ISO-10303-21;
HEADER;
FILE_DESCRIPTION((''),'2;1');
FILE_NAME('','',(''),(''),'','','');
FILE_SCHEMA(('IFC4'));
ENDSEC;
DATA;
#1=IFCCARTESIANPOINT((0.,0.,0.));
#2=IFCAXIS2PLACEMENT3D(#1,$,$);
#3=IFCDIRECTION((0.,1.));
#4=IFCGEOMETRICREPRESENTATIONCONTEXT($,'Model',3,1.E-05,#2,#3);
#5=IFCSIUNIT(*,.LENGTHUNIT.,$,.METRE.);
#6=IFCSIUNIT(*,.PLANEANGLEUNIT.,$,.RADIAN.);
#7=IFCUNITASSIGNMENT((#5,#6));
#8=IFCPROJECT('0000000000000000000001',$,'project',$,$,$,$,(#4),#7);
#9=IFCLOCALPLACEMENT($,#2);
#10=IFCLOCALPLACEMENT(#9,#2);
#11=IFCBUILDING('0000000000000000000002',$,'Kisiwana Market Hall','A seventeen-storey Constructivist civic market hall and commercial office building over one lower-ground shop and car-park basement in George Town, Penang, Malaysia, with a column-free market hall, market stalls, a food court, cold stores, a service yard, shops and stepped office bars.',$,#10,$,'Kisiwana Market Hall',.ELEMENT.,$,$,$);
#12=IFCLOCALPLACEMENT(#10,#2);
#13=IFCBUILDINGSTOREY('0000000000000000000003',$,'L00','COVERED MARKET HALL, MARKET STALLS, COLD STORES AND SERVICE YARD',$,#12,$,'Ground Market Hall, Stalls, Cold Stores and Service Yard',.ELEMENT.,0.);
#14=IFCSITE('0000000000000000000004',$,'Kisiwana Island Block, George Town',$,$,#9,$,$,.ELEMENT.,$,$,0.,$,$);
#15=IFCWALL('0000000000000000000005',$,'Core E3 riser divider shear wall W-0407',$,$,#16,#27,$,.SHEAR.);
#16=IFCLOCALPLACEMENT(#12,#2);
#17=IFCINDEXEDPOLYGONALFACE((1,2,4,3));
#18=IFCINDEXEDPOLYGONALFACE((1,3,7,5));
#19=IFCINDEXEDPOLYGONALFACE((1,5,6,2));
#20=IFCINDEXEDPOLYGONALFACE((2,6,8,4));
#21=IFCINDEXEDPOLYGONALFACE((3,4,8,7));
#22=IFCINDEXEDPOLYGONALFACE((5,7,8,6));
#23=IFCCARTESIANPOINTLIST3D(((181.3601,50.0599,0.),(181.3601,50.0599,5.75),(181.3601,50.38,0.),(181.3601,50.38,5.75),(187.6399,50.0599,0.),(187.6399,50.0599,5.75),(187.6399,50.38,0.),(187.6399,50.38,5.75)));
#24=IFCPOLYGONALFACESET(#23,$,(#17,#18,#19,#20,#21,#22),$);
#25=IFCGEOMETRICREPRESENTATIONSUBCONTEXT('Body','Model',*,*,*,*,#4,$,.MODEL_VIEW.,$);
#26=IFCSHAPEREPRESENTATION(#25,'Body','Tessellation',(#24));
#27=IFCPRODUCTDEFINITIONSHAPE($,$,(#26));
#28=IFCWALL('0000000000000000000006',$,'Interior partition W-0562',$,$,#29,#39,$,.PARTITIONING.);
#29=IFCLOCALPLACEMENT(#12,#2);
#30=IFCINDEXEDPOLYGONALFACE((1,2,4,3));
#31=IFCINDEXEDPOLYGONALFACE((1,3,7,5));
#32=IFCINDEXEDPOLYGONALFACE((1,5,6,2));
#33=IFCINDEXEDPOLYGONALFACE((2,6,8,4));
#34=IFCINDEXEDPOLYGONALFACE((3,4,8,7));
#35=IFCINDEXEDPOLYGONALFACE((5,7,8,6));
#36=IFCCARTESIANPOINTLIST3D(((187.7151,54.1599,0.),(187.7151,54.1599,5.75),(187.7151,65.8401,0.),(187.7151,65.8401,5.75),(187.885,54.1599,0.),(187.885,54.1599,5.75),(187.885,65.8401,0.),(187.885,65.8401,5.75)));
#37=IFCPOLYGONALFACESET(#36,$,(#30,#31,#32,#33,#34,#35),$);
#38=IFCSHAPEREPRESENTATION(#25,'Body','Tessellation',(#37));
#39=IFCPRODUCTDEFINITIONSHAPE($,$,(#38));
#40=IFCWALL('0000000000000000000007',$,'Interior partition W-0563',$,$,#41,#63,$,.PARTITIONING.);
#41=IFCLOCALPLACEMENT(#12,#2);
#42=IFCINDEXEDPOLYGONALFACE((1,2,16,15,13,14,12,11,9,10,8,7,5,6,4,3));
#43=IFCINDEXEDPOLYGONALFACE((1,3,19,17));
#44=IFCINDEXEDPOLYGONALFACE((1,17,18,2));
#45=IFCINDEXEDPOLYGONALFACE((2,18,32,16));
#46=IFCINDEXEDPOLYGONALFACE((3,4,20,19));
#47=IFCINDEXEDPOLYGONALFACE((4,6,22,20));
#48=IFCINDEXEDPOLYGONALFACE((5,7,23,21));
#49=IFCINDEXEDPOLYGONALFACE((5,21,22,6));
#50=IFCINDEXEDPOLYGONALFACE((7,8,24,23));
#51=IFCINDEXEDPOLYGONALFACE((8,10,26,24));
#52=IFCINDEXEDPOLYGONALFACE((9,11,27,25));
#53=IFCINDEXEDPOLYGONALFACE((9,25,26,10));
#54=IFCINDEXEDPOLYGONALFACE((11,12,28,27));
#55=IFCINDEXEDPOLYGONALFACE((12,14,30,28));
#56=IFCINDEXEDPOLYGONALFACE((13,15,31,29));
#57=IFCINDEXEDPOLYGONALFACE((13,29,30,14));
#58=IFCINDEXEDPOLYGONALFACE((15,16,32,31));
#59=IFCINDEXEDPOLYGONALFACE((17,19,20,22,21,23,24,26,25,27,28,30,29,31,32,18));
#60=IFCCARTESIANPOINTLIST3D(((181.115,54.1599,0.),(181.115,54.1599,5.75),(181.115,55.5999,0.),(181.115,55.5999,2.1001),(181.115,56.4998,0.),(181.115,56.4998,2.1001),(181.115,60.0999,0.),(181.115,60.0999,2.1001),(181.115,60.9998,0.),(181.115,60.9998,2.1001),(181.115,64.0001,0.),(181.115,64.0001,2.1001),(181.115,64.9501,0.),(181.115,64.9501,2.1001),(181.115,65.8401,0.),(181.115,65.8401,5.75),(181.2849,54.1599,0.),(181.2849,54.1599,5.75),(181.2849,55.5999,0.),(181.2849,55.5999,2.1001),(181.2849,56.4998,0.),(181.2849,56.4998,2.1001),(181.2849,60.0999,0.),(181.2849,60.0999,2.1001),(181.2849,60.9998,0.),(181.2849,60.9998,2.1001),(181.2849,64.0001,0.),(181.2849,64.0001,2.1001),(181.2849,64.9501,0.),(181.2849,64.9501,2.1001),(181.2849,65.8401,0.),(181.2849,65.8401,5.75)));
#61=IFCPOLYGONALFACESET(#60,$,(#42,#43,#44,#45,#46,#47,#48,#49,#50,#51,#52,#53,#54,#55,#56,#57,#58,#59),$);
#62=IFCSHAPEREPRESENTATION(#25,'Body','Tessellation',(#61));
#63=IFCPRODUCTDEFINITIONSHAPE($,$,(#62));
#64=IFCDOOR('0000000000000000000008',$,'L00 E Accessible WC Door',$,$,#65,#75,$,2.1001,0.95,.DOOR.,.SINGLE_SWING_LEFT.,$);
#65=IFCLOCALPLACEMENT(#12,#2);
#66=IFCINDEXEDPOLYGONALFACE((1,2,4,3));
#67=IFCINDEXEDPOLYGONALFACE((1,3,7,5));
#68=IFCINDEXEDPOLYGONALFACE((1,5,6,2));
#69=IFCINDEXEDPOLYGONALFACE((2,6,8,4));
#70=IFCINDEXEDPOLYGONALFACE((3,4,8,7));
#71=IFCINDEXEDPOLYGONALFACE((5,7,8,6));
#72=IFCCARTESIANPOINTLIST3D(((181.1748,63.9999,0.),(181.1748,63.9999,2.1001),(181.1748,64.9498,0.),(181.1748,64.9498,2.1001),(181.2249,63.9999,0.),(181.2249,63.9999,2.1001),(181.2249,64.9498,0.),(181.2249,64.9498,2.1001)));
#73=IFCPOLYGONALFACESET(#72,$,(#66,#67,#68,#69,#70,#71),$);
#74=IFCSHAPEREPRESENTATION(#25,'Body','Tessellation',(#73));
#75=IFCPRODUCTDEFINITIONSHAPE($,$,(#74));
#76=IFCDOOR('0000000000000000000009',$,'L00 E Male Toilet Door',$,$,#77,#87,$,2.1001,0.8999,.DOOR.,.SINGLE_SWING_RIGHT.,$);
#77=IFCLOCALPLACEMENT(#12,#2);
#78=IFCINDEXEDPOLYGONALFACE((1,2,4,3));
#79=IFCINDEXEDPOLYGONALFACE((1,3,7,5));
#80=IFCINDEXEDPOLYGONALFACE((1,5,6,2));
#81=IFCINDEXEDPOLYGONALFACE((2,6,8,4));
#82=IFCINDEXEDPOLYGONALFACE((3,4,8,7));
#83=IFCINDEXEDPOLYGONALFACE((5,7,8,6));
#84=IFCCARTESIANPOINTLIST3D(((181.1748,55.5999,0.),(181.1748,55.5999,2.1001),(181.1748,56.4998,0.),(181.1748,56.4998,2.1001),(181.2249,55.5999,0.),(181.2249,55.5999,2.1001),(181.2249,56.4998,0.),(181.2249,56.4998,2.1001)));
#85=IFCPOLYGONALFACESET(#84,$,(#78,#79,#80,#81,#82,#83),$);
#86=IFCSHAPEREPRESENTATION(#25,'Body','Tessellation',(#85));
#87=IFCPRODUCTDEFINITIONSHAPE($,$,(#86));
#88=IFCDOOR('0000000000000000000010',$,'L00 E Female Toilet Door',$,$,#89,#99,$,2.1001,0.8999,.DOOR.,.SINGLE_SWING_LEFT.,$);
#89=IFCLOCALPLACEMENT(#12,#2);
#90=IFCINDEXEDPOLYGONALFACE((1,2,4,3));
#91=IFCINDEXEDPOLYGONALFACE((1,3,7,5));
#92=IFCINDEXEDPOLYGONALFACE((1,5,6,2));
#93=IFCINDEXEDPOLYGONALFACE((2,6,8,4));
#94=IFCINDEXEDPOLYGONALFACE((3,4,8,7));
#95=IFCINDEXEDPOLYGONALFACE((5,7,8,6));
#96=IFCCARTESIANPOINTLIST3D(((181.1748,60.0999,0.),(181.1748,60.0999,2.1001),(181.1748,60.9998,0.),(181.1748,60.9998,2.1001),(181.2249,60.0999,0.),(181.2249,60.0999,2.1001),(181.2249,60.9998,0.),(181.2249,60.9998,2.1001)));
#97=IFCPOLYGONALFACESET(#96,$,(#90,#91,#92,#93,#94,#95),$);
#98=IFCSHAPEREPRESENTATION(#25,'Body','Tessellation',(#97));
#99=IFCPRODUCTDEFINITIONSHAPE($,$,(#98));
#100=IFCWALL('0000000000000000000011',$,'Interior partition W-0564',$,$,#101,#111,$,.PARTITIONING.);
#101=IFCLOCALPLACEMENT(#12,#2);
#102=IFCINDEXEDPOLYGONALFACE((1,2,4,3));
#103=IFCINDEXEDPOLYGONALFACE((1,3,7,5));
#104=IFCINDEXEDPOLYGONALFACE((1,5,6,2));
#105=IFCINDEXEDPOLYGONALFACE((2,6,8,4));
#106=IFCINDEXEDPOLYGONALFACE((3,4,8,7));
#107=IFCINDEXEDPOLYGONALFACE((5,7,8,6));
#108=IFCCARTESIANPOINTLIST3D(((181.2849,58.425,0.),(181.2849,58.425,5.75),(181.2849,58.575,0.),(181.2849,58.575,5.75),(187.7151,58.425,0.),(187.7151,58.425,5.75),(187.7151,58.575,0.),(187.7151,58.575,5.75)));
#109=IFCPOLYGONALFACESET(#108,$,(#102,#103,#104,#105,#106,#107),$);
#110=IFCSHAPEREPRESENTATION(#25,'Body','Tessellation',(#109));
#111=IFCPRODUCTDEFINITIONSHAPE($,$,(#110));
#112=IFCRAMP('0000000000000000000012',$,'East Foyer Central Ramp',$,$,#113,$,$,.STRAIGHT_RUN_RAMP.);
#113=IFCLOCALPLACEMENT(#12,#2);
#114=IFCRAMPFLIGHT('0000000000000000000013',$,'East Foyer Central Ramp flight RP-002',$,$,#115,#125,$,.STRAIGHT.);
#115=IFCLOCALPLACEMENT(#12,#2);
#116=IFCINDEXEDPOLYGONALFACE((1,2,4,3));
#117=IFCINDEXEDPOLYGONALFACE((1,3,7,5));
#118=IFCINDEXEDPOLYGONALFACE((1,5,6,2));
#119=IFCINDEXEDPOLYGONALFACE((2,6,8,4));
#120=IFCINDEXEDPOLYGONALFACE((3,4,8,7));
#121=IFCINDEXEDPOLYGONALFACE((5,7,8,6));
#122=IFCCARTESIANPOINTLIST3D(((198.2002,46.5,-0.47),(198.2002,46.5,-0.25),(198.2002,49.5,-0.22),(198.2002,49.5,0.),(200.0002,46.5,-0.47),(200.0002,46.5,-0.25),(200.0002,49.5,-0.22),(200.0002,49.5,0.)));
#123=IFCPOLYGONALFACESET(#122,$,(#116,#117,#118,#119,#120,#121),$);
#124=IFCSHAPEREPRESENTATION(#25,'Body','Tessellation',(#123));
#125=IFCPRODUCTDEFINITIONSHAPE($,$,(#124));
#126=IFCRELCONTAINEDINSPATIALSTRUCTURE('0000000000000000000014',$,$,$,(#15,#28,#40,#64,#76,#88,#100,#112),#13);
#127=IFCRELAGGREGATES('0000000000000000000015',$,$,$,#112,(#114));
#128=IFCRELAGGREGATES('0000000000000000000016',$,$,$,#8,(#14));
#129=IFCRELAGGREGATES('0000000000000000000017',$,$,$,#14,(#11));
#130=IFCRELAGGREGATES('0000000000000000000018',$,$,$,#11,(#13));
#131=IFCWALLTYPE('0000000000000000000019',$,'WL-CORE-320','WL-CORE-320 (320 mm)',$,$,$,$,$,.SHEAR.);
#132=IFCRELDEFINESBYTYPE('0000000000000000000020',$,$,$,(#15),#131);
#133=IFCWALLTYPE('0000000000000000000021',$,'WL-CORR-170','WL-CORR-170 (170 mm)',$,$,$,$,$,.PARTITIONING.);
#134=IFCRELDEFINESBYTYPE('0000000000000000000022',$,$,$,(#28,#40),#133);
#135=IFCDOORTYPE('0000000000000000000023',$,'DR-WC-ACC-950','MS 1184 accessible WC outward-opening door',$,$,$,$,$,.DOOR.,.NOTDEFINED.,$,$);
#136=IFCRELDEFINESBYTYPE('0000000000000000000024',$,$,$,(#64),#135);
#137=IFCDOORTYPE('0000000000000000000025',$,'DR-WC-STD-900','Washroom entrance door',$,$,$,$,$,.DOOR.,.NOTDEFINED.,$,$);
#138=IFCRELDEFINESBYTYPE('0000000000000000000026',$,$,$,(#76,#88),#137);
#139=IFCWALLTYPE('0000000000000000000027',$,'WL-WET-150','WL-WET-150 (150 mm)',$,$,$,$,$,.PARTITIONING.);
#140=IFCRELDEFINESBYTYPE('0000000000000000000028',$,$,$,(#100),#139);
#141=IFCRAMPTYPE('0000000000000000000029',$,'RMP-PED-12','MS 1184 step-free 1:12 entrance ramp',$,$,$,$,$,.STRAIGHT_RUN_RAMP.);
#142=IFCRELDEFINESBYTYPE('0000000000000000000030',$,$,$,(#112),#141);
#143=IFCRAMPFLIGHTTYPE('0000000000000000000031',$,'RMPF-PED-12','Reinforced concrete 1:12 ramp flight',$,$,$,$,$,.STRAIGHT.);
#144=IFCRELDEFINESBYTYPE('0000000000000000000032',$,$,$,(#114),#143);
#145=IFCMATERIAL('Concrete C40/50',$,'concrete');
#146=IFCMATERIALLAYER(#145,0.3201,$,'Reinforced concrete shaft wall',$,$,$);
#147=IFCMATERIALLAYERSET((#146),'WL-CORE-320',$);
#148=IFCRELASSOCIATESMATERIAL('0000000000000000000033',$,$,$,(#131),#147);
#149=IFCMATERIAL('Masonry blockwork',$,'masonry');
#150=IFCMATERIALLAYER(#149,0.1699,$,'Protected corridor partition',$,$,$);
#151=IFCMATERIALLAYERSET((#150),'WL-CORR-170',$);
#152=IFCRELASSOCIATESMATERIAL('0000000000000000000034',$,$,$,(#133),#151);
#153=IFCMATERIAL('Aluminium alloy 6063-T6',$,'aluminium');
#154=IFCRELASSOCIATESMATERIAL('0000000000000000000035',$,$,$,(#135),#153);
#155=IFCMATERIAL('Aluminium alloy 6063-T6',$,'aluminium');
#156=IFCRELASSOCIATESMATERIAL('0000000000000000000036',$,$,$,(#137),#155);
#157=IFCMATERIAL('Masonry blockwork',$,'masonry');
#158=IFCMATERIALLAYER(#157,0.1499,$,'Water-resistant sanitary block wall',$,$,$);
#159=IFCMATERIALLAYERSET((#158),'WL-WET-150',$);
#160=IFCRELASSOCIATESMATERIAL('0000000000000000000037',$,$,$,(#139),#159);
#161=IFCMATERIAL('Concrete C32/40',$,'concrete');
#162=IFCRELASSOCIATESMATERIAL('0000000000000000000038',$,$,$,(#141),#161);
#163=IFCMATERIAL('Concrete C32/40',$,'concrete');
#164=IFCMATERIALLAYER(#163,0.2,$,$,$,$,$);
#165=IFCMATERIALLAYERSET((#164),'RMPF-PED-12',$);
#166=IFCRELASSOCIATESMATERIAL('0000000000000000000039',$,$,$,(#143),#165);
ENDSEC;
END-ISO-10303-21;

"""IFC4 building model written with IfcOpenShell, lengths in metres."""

from ifc_helpers import new_model, si_unit, direction, frame, frame_2d, origin, place, context, subcontext, project, spatial, polyline, rectangle, outline, extrude, material, layer, layer_set, type_object, element, fill, aggregate, save


model = new_model("IFC4")

# Units and contexts
model_context = context("Model", 3, precision=1e-05, world=origin(), true_north=direction((0.0, 1.0)))
body_context = subcontext(model_context, "Body", "Model", "MODEL_VIEW")
ifc_project = project(units=[si_unit("LENGTHUNIT", "METRE"), si_unit("PLANEANGLEUNIT", "RADIAN")], contexts=[model_context])

# Site, building, storey
site_placement = place(None, origin())
site = spatial("IfcSite", under=ifc_project, at=site_placement, Name="Kisiwana Island Block, George Town", CompositionType="ELEMENT", RefElevation=0.0)
building_placement = place(site_placement, origin())
building = spatial("IfcBuilding", under=site, at=building_placement, Name="Kisiwana Market Hall", Description="A seventeen-storey Constructivist civic market hall and commercial office building over one lower-ground shop and car-park basement in George Town, Penang, Malaysia, with a column-free market hall, market stalls, a food court, cold stores, a service yard, shops and stepped office bars.", LongName="Kisiwana Market Hall", CompositionType="ELEMENT")
storey_placement = place(building_placement, origin())
storey = spatial("IfcBuildingStorey", under=building, at=storey_placement, Name="L00", Description="COVERED MARKET HALL, MARKET STALLS, COLD STORES AND SERVICE YARD", LongName="Ground Market Hall, Stalls, Cold Stores and Service Yard", CompositionType="ELEMENT", Elevation=0.0)

# Walls
ifc_material_1 = material(Name="Concrete C40/50", Category="concrete")
ifc_layer_1 = layer(ifc_material_1, 0.3201, Name="Reinforced concrete shaft wall")
ifc_layer_set_1 = layer_set([ifc_layer_1], Name="WL-CORE-320")
wall_type_1 = type_object("IfcWallType", Name="WL-CORE-320", Description="WL-CORE-320 (320 mm)", PredefinedType="SHEAR", material=ifc_layer_set_1)
wall_1_placement = place(storey_placement, frame((181.3601, 50.22, 0.0), z_axis=(0.0, 0.0, 1.0), x_axis=(1.0, 0.0, 0.0)))
element("IfcWall", 1, at=wall_1_placement, inside=storey, type_object=wall_type_1, Name="Core E3 riser divider shear wall W-0407", PredefinedType="SHEAR", context=body_context, shape_type="SweptSolid", body=[
    extrude(rectangle(XDim=6.2798, YDim=0.3201, at=frame_2d((3.1399, 0.0))), origin(), (0.0, 0.0, 1.0), 5.75),
])
ifc_material_2 = material(Name="Masonry blockwork", Category="masonry")
ifc_layer_2 = layer(ifc_material_2, 0.1699, Name="Protected corridor partition")
ifc_layer_set_2 = layer_set([ifc_layer_2], Name="WL-CORR-170")
wall_type_2 = type_object("IfcWallType", Name="WL-CORR-170", Description="WL-CORR-170 (170 mm)", PredefinedType="PARTITIONING", material=ifc_layer_set_2)
wall_2_placement = place(storey_placement, frame((187.8, 54.1599, 0.0), z_axis=(0.0, 0.0, 1.0), x_axis=(0.0, 1.0, 0.0)))
element("IfcWall", 2, at=wall_2_placement, inside=storey, type_object=wall_type_2, Name="Interior partition W-0562", PredefinedType="PARTITIONING", context=body_context, shape_type="SweptSolid", body=[
    extrude(rectangle(XDim=11.6802, YDim=0.1699, at=frame_2d((5.8401, 0.0))), origin(), (0.0, 0.0, 1.0), 5.75),
])

# Wall, openings, doors
wall_3_placement = place(storey_placement, frame((181.2, 54.1599, 0.0), z_axis=(0.0, 0.0, 1.0), x_axis=(0.0, 1.0, 0.0)))
wall_3 = element("IfcWall", 3, at=wall_3_placement, inside=storey, type_object=wall_type_2, Name="Interior partition W-0563", PredefinedType="PARTITIONING", context=body_context, shape_type="SweptSolid", body=[
    extrude(rectangle(XDim=11.6802, YDim=0.1699, at=frame_2d((5.8401, 0.0))), origin(), (0.0, 0.0, 1.0), 5.75),
])
opening_1_placement = place(wall_3_placement, frame((1.4399, 0.0, 0.0)))
opening_1 = element("IfcOpeningElement", 4, at=opening_1_placement, cuts=wall_3, PredefinedType="OPENING", context=body_context, shape_type="SweptSolid", body=[
    extrude(rectangle(XDim=0.8999, YDim=2.1001, at=frame_2d((0.45, 1.05))), frame((0.0, 0.0969, 0.0), z_axis=(0.0, -1.0, 0.0), x_axis=(1.0, 0.0, 0.0)), (0.0, 0.0, 1.0), 0.1938),
])
opening_2_placement = place(wall_3_placement, frame((5.9399, 0.0, 0.0)))
opening_2 = element("IfcOpeningElement", 5, at=opening_2_placement, cuts=wall_3, PredefinedType="OPENING", context=body_context, shape_type="SweptSolid", body=[
    extrude(rectangle(XDim=0.8999, YDim=2.1001, at=frame_2d((0.45, 1.05))), frame((0.0, 0.0969, 0.0), z_axis=(0.0, -1.0, 0.0), x_axis=(1.0, 0.0, 0.0)), (0.0, 0.0, 1.0), 0.1938),
])
opening_3_placement = place(wall_3_placement, frame((9.8401, 0.0, 0.0)))
opening_3 = element("IfcOpeningElement", 6, at=opening_3_placement, cuts=wall_3, PredefinedType="OPENING", context=body_context, shape_type="SweptSolid", body=[
    extrude(rectangle(XDim=0.95, YDim=2.1001, at=frame_2d((0.4751, 1.05))), frame((0.0, 0.0969, 0.0), z_axis=(0.0, -1.0, 0.0), x_axis=(1.0, 0.0, 0.0)), (0.0, 0.0, 1.0), 0.1938),
])
ifc_material_3 = material(Name="Aluminium alloy 6063-T6", Category="aluminium")
door_type_1 = type_object("IfcDoorType", Name="DR-WC-ACC-950", Description="MS 1184 accessible WC outward-opening door", OperationType="NOTDEFINED", PredefinedType="DOOR", material=ifc_material_3)
door_1_placement = place(opening_3_placement, frame((0.95, 0.0, 0.0), z_axis=(0.0, 0.0, 1.0), x_axis=(-1.0, 0.0, 0.0)))
door_1 = element("IfcDoor", 7, at=door_1_placement, inside=storey, type_object=door_type_1, Name="L00 E Accessible WC Door", OperationType="SINGLE_SWING_LEFT", OverallHeight=2.1001, OverallWidth=0.95, PredefinedType="DOOR", context=body_context, shape_type="SweptSolid", body=[
    extrude(rectangle(XDim=0.95, YDim=2.1001, at=frame_2d((0.4751, 1.05))), frame((0.0, 0.0249, 0.0), z_axis=(0.0, -1.0, 0.0), x_axis=(1.0, 0.0, 0.0)), (0.0, 0.0, 1.0), 0.05),
])
fill(opening_3, door_1)
ifc_material_4 = material(Name="Aluminium alloy 6063-T6", Category="aluminium")
door_type_2 = type_object("IfcDoorType", Name="DR-WC-STD-900", Description="Washroom entrance door", OperationType="NOTDEFINED", PredefinedType="DOOR", material=ifc_material_4)
door_2_placement = place(opening_1_placement, frame((0.8999, 0.0, 0.0), z_axis=(0.0, 0.0, 1.0), x_axis=(-1.0, 0.0, 0.0)))
door_2 = element("IfcDoor", 8, at=door_2_placement, inside=storey, type_object=door_type_2, Name="L00 E Male Toilet Door", OperationType="SINGLE_SWING_RIGHT", OverallHeight=2.1001, OverallWidth=0.8999, PredefinedType="DOOR", context=body_context, shape_type="SweptSolid", body=[
    extrude(rectangle(XDim=0.8999, YDim=2.1001, at=frame_2d((0.45, 1.05))), frame((0.0, 0.0249, 0.0), z_axis=(0.0, -1.0, 0.0), x_axis=(1.0, 0.0, 0.0)), (0.0, 0.0, 1.0), 0.05),
])
fill(opening_1, door_2)
door_3_placement = place(opening_2_placement, frame((0.8999, 0.0, 0.0), z_axis=(0.0, 0.0, 1.0), x_axis=(-1.0, 0.0, 0.0)))
door_3 = element("IfcDoor", 9, at=door_3_placement, inside=storey, type_object=door_type_2, Name="L00 E Female Toilet Door", OperationType="SINGLE_SWING_LEFT", OverallHeight=2.1001, OverallWidth=0.8999, PredefinedType="DOOR", context=body_context, shape_type="SweptSolid", body=[
    extrude(rectangle(XDim=0.8999, YDim=2.1001, at=frame_2d((0.45, 1.05))), frame((0.0, 0.0249, 0.0), z_axis=(0.0, -1.0, 0.0), x_axis=(1.0, 0.0, 0.0)), (0.0, 0.0, 1.0), 0.05),
])
fill(opening_2, door_3)

# Wall
ifc_material_5 = material(Name="Masonry blockwork", Category="masonry")
ifc_layer_3 = layer(ifc_material_5, 0.1499, Name="Water-resistant sanitary block wall")
ifc_layer_set_3 = layer_set([ifc_layer_3], Name="WL-WET-150")
wall_type_3 = type_object("IfcWallType", Name="WL-WET-150", Description="WL-WET-150 (150 mm)", PredefinedType="PARTITIONING", material=ifc_layer_set_3)
wall_4_placement = place(storey_placement, frame((181.2849, 58.5, 0.0), z_axis=(0.0, 0.0, 1.0), x_axis=(1.0, 0.0, 0.0)))
element("IfcWall", 10, at=wall_4_placement, inside=storey, type_object=wall_type_3, Name="Interior partition W-0564", PredefinedType="PARTITIONING", context=body_context, shape_type="SweptSolid", body=[
    extrude(rectangle(XDim=6.4302, YDim=0.1499, at=frame_2d((3.2151, 0.0))), origin(), (0.0, 0.0, 1.0), 5.75),
])

# Ramp, ramp flight
ifc_material_6 = material(Name="Concrete C32/40", Category="concrete")
ramp_type = type_object("IfcRampType", Name="RMP-PED-12", Description="MS 1184 step-free 1:12 entrance ramp", PredefinedType="STRAIGHT_RUN_RAMP", material=ifc_material_6)
ramp_placement = place(storey_placement, origin())
ramp = element("IfcRamp", 11, at=ramp_placement, inside=storey, type_object=ramp_type, Name="East Foyer Central Ramp", PredefinedType="STRAIGHT_RUN_RAMP")
ifc_material_7 = material(Name="Concrete C32/40", Category="concrete")
ifc_layer_4 = layer(ifc_material_7, 0.2)
ifc_layer_set_4 = layer_set([ifc_layer_4], Name="RMPF-PED-12")
ramp_flight_type = type_object("IfcRampFlightType", Name="RMPF-PED-12", Description="Reinforced concrete 1:12 ramp flight", PredefinedType="STRAIGHT", material=ifc_layer_set_4)
ramp_flight_placement = place(storey_placement, frame((199.1001, 46.5, -0.25), z_axis=(0.0, 0.0, 1.0), x_axis=(0.0, 1.0, 0.0)))
ramp_flight = element("IfcRampFlight", 12, at=ramp_flight_placement, type_object=ramp_flight_type, Name="East Foyer Central Ramp flight RP-002", PredefinedType="STRAIGHT", context=body_context, shape_type="SweptSolid", body=[
    extrude(outline(polyline([(0.0, -0.22), (3.0, 0.03), (3.0, 0.25), (0.0, 0.0), (0.0, -0.22)])), frame((0.0, 0.8999, 0.0), z_axis=(0.0, -1.0, 0.0), x_axis=(1.0, 0.0, 0.0)), (0.0, 0.0, 1.0), 1.8),
])
aggregate(ramp, [ramp_flight])

save(model, "model.ifc")
